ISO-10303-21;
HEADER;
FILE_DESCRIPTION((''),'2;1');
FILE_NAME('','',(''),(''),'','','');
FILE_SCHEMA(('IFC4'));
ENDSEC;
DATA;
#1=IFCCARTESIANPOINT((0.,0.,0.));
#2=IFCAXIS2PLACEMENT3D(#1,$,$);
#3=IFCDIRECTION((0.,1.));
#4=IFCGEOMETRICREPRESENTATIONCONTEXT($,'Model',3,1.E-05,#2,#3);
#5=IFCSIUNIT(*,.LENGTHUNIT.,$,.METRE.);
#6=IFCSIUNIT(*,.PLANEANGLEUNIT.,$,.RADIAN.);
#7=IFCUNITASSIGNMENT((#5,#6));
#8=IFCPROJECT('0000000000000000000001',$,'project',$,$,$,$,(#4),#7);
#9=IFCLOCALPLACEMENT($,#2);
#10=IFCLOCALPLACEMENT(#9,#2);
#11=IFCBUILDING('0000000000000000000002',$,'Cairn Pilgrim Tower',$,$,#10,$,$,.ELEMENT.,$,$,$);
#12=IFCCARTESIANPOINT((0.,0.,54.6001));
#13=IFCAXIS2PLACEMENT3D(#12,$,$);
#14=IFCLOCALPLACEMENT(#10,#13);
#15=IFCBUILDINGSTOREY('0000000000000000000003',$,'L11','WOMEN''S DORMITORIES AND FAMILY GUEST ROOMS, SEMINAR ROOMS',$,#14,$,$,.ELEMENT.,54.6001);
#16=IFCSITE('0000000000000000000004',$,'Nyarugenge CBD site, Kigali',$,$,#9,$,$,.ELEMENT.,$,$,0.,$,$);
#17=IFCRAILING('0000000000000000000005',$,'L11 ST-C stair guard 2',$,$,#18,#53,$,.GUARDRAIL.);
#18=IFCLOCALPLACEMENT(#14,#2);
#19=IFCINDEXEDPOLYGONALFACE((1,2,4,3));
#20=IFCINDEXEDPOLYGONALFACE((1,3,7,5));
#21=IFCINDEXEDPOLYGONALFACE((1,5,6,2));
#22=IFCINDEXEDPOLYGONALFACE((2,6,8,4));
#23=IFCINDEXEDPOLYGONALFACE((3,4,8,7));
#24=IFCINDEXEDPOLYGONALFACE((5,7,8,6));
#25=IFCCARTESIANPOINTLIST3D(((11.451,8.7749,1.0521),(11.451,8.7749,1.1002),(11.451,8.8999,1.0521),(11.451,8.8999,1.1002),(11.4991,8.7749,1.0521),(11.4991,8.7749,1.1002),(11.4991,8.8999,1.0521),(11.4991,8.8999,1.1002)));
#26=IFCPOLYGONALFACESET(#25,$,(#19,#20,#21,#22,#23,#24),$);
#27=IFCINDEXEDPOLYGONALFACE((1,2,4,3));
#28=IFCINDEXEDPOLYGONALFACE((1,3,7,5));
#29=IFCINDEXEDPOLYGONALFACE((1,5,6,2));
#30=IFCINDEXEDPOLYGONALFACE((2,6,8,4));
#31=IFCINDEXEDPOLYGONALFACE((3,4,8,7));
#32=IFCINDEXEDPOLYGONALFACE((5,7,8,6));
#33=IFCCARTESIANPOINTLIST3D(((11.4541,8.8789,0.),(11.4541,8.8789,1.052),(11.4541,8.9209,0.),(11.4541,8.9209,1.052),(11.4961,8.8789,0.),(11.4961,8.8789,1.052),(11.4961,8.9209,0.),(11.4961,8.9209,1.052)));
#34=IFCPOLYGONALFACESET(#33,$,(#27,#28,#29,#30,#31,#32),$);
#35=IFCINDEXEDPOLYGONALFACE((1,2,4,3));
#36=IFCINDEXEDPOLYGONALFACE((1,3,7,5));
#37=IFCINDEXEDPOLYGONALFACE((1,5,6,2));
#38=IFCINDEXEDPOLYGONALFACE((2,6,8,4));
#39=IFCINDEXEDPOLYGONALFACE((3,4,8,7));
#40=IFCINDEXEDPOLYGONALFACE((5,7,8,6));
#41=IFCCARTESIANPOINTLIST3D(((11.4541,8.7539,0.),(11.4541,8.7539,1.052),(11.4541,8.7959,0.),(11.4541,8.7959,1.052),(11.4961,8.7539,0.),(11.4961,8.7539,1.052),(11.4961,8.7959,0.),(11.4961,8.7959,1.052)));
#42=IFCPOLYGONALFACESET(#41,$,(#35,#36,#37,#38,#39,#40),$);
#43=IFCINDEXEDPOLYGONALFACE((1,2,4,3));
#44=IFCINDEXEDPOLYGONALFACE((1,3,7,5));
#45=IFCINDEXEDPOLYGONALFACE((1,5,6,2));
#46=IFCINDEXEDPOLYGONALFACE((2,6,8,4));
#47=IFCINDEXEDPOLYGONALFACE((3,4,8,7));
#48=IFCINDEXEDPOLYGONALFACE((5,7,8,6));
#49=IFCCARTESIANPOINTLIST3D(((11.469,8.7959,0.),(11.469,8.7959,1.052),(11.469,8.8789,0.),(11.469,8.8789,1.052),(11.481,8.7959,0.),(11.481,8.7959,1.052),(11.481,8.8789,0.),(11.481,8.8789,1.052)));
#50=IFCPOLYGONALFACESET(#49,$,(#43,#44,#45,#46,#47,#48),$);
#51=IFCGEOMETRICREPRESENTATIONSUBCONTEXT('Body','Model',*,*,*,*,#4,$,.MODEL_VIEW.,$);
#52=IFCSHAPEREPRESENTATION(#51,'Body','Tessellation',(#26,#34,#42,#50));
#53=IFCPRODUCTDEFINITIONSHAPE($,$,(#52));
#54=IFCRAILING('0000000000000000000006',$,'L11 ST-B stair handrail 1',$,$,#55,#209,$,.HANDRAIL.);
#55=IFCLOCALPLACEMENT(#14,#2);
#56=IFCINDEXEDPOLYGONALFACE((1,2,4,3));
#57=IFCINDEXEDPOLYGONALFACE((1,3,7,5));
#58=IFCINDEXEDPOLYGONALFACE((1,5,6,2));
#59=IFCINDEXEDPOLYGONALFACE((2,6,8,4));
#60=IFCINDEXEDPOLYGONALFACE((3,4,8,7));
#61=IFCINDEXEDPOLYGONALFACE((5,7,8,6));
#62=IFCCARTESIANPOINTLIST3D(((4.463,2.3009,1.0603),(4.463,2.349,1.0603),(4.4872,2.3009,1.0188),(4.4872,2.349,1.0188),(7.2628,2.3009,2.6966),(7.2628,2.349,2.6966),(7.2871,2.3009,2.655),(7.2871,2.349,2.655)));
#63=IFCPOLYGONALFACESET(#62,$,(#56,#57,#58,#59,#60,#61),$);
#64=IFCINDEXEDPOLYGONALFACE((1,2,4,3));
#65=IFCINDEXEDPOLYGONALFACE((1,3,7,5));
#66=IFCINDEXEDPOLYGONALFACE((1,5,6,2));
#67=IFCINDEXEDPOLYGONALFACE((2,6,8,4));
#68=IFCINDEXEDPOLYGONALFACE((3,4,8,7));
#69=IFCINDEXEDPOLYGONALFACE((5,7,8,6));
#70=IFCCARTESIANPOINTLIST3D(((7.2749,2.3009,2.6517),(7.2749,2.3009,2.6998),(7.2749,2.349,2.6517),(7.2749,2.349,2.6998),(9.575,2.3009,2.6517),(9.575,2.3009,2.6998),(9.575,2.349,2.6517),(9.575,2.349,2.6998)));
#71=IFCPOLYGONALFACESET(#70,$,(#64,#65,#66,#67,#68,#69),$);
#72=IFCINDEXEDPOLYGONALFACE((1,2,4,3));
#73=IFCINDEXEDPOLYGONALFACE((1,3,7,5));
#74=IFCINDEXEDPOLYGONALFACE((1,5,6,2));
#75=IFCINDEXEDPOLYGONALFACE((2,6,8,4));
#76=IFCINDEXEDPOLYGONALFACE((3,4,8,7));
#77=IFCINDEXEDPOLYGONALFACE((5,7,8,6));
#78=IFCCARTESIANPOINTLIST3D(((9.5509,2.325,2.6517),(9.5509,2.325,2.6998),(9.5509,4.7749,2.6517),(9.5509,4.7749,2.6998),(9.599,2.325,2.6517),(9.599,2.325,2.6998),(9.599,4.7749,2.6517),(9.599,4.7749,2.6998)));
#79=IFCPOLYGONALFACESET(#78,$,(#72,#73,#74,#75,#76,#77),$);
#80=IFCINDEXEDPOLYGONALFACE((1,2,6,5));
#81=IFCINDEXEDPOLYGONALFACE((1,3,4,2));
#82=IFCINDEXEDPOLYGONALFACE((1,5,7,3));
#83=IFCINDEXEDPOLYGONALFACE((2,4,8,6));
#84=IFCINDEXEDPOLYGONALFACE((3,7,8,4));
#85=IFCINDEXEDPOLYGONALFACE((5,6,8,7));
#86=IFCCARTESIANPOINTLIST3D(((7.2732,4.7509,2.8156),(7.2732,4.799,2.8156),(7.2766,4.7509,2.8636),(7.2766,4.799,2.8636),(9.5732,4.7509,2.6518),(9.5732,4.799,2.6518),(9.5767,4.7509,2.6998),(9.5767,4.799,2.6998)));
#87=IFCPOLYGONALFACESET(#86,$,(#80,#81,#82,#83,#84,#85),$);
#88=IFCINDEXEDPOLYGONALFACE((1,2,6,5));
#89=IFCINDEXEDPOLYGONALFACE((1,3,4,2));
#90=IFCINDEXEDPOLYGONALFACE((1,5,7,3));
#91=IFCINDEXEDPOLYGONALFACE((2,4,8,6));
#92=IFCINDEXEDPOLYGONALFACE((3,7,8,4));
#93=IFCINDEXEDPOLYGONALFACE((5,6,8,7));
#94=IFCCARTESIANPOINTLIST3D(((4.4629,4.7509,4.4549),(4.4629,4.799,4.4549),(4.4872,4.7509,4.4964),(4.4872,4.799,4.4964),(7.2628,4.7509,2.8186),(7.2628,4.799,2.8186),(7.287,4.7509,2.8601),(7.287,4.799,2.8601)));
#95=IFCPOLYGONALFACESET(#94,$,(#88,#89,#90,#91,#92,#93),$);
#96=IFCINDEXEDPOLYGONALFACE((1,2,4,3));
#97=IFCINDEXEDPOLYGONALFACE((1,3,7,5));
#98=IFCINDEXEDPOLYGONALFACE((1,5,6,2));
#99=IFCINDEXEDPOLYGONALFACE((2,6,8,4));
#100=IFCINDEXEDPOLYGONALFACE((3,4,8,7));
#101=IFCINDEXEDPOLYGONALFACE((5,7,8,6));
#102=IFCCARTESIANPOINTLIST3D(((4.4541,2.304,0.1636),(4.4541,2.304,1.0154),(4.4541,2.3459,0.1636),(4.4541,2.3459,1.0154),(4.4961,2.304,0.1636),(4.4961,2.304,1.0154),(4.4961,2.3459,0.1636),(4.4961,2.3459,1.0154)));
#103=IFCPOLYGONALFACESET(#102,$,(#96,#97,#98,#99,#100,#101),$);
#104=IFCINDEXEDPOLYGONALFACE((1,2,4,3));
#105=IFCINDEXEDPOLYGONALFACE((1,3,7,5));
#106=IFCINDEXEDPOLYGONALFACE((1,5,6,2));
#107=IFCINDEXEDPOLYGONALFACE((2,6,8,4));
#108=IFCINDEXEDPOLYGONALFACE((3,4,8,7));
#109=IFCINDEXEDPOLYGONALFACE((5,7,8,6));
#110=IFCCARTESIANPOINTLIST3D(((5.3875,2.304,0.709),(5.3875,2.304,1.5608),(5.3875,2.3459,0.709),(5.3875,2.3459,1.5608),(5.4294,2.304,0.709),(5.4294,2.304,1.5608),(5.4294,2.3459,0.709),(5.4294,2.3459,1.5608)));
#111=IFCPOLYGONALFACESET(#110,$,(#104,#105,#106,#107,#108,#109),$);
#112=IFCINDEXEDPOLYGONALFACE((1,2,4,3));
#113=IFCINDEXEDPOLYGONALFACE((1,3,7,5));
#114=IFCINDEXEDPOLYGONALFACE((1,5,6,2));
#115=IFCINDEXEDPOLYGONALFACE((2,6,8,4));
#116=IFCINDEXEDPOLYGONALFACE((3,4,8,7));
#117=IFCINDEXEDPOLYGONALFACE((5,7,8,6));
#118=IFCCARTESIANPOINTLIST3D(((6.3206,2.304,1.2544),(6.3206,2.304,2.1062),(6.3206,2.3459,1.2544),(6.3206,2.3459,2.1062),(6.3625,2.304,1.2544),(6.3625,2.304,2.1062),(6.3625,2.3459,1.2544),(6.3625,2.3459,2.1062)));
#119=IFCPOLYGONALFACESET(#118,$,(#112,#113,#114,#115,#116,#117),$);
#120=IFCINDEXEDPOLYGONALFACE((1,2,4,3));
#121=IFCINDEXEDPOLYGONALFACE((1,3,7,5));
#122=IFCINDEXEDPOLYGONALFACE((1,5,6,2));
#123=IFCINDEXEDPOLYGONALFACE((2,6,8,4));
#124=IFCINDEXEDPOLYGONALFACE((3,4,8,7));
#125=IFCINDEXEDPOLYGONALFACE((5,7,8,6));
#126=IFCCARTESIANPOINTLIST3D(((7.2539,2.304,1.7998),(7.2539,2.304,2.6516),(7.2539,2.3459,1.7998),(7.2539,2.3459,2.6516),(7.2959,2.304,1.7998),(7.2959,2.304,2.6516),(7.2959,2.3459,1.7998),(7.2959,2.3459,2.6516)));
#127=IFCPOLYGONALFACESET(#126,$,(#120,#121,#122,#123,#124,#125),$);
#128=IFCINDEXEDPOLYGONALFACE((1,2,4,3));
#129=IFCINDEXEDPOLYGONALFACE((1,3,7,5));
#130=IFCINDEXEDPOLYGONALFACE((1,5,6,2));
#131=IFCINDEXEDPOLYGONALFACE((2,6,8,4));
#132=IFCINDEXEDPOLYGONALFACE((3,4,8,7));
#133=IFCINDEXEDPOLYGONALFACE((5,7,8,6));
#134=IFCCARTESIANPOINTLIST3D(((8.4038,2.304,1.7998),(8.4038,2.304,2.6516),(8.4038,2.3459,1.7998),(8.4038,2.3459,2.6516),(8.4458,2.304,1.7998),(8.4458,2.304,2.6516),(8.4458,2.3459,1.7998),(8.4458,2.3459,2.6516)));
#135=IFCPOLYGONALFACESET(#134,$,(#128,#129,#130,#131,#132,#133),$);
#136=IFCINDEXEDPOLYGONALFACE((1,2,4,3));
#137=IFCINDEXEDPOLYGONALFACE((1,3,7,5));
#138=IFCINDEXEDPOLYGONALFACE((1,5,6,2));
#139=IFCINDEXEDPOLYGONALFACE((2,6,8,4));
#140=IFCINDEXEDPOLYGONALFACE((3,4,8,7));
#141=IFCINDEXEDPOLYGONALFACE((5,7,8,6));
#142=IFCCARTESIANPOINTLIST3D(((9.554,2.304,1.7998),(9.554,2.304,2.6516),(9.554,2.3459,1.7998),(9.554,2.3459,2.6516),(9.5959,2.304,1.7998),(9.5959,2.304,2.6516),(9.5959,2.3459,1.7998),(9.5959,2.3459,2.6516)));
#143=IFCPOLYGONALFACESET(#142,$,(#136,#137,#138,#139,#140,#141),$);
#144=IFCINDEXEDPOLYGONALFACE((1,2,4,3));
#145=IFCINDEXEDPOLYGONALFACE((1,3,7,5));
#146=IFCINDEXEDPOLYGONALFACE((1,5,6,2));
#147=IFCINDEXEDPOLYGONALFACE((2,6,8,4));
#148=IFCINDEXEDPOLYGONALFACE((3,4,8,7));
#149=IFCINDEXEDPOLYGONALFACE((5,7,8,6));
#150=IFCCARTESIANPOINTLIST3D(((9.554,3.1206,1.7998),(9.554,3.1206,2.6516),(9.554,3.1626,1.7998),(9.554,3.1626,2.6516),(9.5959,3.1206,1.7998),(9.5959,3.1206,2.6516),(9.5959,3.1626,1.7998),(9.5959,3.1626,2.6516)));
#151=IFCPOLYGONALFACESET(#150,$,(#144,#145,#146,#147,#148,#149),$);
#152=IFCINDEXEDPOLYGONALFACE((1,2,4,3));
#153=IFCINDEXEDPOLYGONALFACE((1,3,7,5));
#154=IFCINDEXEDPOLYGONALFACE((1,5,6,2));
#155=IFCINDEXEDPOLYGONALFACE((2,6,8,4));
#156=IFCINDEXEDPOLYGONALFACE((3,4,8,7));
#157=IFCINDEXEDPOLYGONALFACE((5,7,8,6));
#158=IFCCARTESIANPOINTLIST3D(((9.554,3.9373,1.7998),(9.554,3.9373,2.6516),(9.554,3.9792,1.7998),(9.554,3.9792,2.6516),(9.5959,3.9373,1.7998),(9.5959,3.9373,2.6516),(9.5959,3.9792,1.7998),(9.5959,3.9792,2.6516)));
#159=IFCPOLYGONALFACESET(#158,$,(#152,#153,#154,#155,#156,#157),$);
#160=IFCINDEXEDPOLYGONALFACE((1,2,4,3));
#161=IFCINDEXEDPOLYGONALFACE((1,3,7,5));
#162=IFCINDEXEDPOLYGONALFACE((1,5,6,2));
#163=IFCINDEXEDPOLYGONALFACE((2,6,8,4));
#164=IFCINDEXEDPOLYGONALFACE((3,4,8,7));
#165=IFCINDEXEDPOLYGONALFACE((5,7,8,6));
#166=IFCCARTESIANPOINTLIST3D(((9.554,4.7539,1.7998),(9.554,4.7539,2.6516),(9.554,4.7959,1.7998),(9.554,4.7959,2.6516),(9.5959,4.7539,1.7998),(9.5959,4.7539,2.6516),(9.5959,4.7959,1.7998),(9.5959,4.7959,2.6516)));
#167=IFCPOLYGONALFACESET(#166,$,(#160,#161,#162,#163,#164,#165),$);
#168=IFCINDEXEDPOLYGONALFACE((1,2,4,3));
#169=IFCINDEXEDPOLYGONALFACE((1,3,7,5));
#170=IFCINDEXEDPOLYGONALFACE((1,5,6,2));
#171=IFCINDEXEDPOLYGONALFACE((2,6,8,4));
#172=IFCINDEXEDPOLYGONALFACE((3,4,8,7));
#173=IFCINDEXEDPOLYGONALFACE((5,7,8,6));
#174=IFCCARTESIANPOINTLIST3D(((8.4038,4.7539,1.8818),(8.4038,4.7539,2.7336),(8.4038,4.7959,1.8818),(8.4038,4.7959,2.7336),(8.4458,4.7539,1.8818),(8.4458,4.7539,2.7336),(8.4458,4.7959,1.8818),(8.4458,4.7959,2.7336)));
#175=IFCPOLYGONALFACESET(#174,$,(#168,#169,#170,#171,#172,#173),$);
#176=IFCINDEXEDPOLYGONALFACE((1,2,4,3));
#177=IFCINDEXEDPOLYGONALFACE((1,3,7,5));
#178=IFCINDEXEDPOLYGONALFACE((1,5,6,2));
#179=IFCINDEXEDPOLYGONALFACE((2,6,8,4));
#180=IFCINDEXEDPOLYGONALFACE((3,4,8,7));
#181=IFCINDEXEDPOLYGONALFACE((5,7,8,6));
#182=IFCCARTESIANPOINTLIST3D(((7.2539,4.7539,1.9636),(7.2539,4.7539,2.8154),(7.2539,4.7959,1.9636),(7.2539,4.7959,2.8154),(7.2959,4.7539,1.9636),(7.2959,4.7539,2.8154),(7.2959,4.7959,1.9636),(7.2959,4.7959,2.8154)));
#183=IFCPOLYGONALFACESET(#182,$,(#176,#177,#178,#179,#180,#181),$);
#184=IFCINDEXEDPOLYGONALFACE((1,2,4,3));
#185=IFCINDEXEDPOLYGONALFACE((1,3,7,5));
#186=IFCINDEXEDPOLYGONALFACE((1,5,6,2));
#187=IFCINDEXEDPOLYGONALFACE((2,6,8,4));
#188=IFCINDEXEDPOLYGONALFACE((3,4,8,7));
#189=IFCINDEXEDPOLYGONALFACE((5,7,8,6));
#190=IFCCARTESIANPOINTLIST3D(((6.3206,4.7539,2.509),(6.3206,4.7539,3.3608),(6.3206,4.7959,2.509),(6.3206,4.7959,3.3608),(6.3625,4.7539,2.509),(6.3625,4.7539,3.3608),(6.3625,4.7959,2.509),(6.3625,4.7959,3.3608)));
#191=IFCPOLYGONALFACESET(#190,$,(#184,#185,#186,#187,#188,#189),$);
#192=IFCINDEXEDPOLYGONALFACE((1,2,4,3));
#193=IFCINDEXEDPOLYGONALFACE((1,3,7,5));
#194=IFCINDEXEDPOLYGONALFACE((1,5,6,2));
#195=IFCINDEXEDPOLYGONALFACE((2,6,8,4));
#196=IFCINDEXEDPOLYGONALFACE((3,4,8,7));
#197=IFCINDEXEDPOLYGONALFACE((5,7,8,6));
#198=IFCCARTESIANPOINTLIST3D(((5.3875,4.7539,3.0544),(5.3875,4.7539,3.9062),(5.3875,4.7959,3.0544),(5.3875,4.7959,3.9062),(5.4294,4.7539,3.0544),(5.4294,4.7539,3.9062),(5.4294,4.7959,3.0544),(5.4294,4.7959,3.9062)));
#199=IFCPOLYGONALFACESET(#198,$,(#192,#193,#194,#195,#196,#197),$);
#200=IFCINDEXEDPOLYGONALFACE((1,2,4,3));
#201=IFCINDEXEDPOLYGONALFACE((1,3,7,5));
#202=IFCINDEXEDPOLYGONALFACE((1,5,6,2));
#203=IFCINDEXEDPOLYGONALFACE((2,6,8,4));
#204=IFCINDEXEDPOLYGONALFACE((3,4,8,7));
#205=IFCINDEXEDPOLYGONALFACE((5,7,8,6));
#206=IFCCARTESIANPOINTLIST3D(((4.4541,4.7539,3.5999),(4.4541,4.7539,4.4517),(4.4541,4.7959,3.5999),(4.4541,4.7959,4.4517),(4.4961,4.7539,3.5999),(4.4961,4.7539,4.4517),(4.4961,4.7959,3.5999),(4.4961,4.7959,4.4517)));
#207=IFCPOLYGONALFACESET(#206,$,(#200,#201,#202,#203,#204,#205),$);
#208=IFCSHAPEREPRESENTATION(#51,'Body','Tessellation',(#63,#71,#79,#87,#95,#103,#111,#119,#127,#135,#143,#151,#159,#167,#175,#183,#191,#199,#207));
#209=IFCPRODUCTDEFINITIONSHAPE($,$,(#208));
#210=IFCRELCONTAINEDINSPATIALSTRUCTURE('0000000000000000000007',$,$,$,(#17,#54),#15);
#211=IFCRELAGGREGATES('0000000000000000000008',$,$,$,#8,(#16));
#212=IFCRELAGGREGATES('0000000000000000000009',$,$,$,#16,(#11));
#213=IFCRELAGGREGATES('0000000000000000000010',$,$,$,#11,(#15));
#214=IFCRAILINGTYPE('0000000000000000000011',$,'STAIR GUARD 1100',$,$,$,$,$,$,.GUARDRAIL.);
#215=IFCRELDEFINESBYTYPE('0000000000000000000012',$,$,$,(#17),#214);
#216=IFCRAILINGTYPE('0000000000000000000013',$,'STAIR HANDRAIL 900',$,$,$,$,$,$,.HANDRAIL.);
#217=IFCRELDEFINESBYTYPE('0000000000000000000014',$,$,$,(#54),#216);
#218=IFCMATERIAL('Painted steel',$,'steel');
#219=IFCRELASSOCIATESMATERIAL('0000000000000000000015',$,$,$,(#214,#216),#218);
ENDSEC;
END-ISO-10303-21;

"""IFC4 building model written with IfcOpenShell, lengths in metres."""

from ifc_helpers import new_model, si_unit, direction, frame, origin, origin_2d, place, context, subcontext, project, spatial, polyline, rectangle, outline, extrude, material, type_object, element, save


model = new_model("IFC4")

# Units and contexts
model_context = context("Model", 3, precision=1e-05, world=origin(), true_north=direction((0.0, 1.0)))
body_context = subcontext(model_context, "Body", "Model", "MODEL_VIEW")
ifc_project = project(units=[si_unit("LENGTHUNIT", "METRE"), si_unit("PLANEANGLEUNIT", "RADIAN")], contexts=[model_context])

# Site, building, storey
site_placement = place(None, origin())
site = spatial("IfcSite", under=ifc_project, at=site_placement, Name="Nyarugenge CBD site, Kigali", CompositionType="ELEMENT", RefElevation=0.0)
building_placement = place(site_placement, origin())
building = spatial("IfcBuilding", under=site, at=building_placement, Name="Cairn Pilgrim Tower", CompositionType="ELEMENT")
storey_placement = place(building_placement, frame((0.0, 0.0, 54.6001)))
storey = spatial("IfcBuildingStorey", under=building, at=storey_placement, Name="L11", Description="WOMEN'S DORMITORIES AND FAMILY GUEST ROOMS, SEMINAR ROOMS", CompositionType="ELEMENT", Elevation=54.6001)

# Shared definitions
ifc_material_1 = material(Name="Painted steel", Category="steel")

# Railings
railing_type_1 = type_object("IfcRailingType", Name="STAIR GUARD 1100", PredefinedType="GUARDRAIL", material=ifc_material_1)
railing_1_placement = place(storey_placement, frame((11.4751, 8.8999, 0.0)))
element("IfcRailing", 1, at=railing_1_placement, inside=storey, type_object=railing_type_1, Name="L11 ST-C stair guard 2", PredefinedType="GUARDRAIL", context=body_context, shape_type="SweptSolid", body=[
    extrude(rectangle(XDim=0.0481, YDim=0.0481, at=origin_2d()), frame((0.0, 0.0, 1.0762), z_axis=(0.0, -1.0, 0.0), x_axis=(1.0, 0.0, 0.0)), (0.0, 0.0, 1.0), 0.125),
    extrude(rectangle(XDim=0.042, YDim=0.042, at=origin_2d()), origin(), (0.0, 0.0, 1.0), 1.052),
    extrude(rectangle(XDim=0.042, YDim=0.042, at=origin_2d()), frame((0.0, -0.125, 0.0)), (0.0, 0.0, 1.0), 1.052),
    extrude(outline(polyline([(0.021, 0.0), (0.104, 0.0), (0.104, 1.052), (0.021, 1.052), (0.021, 0.0)])), frame((0.0059, 0.0, 0.0), z_axis=(-1.0, 0.0, 0.0), x_axis=(0.0, -1.0, 0.0)), (0.0, 0.0, 1.0), 0.012),
])
railing_type_2 = type_object("IfcRailingType", Name="STAIR HANDRAIL 900", PredefinedType="HANDRAIL", material=ifc_material_1)
railing_2_placement = place(storey_placement, frame((4.4751, 2.325, 0.1636)))
element("IfcRailing", 2, at=railing_2_placement, inside=storey, type_object=railing_type_2, Name="L11 ST-B stair handrail 1", PredefinedType="HANDRAIL", context=body_context, shape_type="SweptSolid", body=[
    extrude(rectangle(XDim=0.0481, YDim=0.0481, at=origin_2d()), frame((0.0, 0.0, 0.876), z_axis=(0.863374, 0.0, 0.504564), x_axis=(0.0, 1.0, 0.0)), (0.0, 0.0, 1.0), 3.2429),
    extrude(rectangle(XDim=0.0481, YDim=0.0481, at=origin_2d()), frame((2.7998, 0.0, 2.5122), z_axis=(1.0, 0.0, 0.0), x_axis=(0.0, 1.0, 0.0)), (0.0, 0.0, 1.0), 2.3),
    extrude(rectangle(XDim=0.0481, YDim=0.0481, at=origin_2d()), frame((5.0999, 0.0, 2.5122), z_axis=(0.0, 1.0, 0.0), x_axis=(-1.0, 0.0, 0.0)), (0.0, 0.0, 1.0), 2.45),
    extrude(rectangle(XDim=0.0481, YDim=0.0481, at=origin_2d()), frame((5.0999, 2.45, 2.5122), z_axis=(-0.997473, 0.0, 0.071044), x_axis=(0.0, -1.0, 0.0)), (0.0, 0.0, 1.0), 2.3059),
    extrude(rectangle(XDim=0.0481, YDim=0.0481, at=origin_2d()), frame((2.7998, 2.45, 2.6758), z_axis=(-0.863374, 0.0, 0.504564), x_axis=(0.0, -1.0, 0.0)), (0.0, 0.0, 1.0), 3.2429),
    extrude(rectangle(XDim=0.042, YDim=0.042, at=origin_2d()), origin(), (0.0, 0.0, 1.0), 0.8518),
    extrude(rectangle(XDim=0.042, YDim=0.042, at=origin_2d()), frame((0.9333, 0.0, 0.5454)), (0.0, 0.0, 1.0), 0.8518),
    extrude(rectangle(XDim=0.042, YDim=0.042, at=origin_2d()), frame((1.8665, 0.0, 1.0908)), (0.0, 0.0, 1.0), 0.8518),
    extrude(rectangle(XDim=0.042, YDim=0.042, at=origin_2d()), frame((2.7998, 0.0, 1.6362)), (0.0, 0.0, 1.0), 0.8518),
    extrude(rectangle(XDim=0.042, YDim=0.042, at=origin_2d()), frame((3.9497, 0.0, 1.6362)), (0.0, 0.0, 1.0), 0.8518),
    extrude(rectangle(XDim=0.042, YDim=0.042, at=origin_2d()), frame((5.0999, 0.0, 1.6362)), (0.0, 0.0, 1.0), 0.8518),
    extrude(rectangle(XDim=0.042, YDim=0.042, at=origin_2d()), frame((5.0999, 0.8167, 1.6362)), (0.0, 0.0, 1.0), 0.8518),
    extrude(rectangle(XDim=0.042, YDim=0.042, at=origin_2d()), frame((5.0999, 1.6333, 1.6362)), (0.0, 0.0, 1.0), 0.8518),
    extrude(rectangle(XDim=0.042, YDim=0.042, at=origin_2d()), frame((5.0999, 2.45, 1.6362)), (0.0, 0.0, 1.0), 0.8518),
    extrude(rectangle(XDim=0.042, YDim=0.042, at=origin_2d()), frame((3.9497, 2.45, 1.7183)), (0.0, 0.0, 1.0), 0.8518),
    extrude(rectangle(XDim=0.042, YDim=0.042, at=origin_2d()), frame((2.7998, 2.45, 1.8)), (0.0, 0.0, 1.0), 0.8518),
    extrude(rectangle(XDim=0.042, YDim=0.042, at=origin_2d()), frame((1.8665, 2.45, 2.3455)), (0.0, 0.0, 1.0), 0.8518),
    extrude(rectangle(XDim=0.042, YDim=0.042, at=origin_2d()), frame((0.9333, 2.45, 2.8909)), (0.0, 0.0, 1.0), 0.8518),
    extrude(rectangle(XDim=0.042, YDim=0.042, at=origin_2d()), frame((0.0, 2.45, 3.4363)), (0.0, 0.0, 1.0), 0.8518),
])

save(model, "model.ifc")
